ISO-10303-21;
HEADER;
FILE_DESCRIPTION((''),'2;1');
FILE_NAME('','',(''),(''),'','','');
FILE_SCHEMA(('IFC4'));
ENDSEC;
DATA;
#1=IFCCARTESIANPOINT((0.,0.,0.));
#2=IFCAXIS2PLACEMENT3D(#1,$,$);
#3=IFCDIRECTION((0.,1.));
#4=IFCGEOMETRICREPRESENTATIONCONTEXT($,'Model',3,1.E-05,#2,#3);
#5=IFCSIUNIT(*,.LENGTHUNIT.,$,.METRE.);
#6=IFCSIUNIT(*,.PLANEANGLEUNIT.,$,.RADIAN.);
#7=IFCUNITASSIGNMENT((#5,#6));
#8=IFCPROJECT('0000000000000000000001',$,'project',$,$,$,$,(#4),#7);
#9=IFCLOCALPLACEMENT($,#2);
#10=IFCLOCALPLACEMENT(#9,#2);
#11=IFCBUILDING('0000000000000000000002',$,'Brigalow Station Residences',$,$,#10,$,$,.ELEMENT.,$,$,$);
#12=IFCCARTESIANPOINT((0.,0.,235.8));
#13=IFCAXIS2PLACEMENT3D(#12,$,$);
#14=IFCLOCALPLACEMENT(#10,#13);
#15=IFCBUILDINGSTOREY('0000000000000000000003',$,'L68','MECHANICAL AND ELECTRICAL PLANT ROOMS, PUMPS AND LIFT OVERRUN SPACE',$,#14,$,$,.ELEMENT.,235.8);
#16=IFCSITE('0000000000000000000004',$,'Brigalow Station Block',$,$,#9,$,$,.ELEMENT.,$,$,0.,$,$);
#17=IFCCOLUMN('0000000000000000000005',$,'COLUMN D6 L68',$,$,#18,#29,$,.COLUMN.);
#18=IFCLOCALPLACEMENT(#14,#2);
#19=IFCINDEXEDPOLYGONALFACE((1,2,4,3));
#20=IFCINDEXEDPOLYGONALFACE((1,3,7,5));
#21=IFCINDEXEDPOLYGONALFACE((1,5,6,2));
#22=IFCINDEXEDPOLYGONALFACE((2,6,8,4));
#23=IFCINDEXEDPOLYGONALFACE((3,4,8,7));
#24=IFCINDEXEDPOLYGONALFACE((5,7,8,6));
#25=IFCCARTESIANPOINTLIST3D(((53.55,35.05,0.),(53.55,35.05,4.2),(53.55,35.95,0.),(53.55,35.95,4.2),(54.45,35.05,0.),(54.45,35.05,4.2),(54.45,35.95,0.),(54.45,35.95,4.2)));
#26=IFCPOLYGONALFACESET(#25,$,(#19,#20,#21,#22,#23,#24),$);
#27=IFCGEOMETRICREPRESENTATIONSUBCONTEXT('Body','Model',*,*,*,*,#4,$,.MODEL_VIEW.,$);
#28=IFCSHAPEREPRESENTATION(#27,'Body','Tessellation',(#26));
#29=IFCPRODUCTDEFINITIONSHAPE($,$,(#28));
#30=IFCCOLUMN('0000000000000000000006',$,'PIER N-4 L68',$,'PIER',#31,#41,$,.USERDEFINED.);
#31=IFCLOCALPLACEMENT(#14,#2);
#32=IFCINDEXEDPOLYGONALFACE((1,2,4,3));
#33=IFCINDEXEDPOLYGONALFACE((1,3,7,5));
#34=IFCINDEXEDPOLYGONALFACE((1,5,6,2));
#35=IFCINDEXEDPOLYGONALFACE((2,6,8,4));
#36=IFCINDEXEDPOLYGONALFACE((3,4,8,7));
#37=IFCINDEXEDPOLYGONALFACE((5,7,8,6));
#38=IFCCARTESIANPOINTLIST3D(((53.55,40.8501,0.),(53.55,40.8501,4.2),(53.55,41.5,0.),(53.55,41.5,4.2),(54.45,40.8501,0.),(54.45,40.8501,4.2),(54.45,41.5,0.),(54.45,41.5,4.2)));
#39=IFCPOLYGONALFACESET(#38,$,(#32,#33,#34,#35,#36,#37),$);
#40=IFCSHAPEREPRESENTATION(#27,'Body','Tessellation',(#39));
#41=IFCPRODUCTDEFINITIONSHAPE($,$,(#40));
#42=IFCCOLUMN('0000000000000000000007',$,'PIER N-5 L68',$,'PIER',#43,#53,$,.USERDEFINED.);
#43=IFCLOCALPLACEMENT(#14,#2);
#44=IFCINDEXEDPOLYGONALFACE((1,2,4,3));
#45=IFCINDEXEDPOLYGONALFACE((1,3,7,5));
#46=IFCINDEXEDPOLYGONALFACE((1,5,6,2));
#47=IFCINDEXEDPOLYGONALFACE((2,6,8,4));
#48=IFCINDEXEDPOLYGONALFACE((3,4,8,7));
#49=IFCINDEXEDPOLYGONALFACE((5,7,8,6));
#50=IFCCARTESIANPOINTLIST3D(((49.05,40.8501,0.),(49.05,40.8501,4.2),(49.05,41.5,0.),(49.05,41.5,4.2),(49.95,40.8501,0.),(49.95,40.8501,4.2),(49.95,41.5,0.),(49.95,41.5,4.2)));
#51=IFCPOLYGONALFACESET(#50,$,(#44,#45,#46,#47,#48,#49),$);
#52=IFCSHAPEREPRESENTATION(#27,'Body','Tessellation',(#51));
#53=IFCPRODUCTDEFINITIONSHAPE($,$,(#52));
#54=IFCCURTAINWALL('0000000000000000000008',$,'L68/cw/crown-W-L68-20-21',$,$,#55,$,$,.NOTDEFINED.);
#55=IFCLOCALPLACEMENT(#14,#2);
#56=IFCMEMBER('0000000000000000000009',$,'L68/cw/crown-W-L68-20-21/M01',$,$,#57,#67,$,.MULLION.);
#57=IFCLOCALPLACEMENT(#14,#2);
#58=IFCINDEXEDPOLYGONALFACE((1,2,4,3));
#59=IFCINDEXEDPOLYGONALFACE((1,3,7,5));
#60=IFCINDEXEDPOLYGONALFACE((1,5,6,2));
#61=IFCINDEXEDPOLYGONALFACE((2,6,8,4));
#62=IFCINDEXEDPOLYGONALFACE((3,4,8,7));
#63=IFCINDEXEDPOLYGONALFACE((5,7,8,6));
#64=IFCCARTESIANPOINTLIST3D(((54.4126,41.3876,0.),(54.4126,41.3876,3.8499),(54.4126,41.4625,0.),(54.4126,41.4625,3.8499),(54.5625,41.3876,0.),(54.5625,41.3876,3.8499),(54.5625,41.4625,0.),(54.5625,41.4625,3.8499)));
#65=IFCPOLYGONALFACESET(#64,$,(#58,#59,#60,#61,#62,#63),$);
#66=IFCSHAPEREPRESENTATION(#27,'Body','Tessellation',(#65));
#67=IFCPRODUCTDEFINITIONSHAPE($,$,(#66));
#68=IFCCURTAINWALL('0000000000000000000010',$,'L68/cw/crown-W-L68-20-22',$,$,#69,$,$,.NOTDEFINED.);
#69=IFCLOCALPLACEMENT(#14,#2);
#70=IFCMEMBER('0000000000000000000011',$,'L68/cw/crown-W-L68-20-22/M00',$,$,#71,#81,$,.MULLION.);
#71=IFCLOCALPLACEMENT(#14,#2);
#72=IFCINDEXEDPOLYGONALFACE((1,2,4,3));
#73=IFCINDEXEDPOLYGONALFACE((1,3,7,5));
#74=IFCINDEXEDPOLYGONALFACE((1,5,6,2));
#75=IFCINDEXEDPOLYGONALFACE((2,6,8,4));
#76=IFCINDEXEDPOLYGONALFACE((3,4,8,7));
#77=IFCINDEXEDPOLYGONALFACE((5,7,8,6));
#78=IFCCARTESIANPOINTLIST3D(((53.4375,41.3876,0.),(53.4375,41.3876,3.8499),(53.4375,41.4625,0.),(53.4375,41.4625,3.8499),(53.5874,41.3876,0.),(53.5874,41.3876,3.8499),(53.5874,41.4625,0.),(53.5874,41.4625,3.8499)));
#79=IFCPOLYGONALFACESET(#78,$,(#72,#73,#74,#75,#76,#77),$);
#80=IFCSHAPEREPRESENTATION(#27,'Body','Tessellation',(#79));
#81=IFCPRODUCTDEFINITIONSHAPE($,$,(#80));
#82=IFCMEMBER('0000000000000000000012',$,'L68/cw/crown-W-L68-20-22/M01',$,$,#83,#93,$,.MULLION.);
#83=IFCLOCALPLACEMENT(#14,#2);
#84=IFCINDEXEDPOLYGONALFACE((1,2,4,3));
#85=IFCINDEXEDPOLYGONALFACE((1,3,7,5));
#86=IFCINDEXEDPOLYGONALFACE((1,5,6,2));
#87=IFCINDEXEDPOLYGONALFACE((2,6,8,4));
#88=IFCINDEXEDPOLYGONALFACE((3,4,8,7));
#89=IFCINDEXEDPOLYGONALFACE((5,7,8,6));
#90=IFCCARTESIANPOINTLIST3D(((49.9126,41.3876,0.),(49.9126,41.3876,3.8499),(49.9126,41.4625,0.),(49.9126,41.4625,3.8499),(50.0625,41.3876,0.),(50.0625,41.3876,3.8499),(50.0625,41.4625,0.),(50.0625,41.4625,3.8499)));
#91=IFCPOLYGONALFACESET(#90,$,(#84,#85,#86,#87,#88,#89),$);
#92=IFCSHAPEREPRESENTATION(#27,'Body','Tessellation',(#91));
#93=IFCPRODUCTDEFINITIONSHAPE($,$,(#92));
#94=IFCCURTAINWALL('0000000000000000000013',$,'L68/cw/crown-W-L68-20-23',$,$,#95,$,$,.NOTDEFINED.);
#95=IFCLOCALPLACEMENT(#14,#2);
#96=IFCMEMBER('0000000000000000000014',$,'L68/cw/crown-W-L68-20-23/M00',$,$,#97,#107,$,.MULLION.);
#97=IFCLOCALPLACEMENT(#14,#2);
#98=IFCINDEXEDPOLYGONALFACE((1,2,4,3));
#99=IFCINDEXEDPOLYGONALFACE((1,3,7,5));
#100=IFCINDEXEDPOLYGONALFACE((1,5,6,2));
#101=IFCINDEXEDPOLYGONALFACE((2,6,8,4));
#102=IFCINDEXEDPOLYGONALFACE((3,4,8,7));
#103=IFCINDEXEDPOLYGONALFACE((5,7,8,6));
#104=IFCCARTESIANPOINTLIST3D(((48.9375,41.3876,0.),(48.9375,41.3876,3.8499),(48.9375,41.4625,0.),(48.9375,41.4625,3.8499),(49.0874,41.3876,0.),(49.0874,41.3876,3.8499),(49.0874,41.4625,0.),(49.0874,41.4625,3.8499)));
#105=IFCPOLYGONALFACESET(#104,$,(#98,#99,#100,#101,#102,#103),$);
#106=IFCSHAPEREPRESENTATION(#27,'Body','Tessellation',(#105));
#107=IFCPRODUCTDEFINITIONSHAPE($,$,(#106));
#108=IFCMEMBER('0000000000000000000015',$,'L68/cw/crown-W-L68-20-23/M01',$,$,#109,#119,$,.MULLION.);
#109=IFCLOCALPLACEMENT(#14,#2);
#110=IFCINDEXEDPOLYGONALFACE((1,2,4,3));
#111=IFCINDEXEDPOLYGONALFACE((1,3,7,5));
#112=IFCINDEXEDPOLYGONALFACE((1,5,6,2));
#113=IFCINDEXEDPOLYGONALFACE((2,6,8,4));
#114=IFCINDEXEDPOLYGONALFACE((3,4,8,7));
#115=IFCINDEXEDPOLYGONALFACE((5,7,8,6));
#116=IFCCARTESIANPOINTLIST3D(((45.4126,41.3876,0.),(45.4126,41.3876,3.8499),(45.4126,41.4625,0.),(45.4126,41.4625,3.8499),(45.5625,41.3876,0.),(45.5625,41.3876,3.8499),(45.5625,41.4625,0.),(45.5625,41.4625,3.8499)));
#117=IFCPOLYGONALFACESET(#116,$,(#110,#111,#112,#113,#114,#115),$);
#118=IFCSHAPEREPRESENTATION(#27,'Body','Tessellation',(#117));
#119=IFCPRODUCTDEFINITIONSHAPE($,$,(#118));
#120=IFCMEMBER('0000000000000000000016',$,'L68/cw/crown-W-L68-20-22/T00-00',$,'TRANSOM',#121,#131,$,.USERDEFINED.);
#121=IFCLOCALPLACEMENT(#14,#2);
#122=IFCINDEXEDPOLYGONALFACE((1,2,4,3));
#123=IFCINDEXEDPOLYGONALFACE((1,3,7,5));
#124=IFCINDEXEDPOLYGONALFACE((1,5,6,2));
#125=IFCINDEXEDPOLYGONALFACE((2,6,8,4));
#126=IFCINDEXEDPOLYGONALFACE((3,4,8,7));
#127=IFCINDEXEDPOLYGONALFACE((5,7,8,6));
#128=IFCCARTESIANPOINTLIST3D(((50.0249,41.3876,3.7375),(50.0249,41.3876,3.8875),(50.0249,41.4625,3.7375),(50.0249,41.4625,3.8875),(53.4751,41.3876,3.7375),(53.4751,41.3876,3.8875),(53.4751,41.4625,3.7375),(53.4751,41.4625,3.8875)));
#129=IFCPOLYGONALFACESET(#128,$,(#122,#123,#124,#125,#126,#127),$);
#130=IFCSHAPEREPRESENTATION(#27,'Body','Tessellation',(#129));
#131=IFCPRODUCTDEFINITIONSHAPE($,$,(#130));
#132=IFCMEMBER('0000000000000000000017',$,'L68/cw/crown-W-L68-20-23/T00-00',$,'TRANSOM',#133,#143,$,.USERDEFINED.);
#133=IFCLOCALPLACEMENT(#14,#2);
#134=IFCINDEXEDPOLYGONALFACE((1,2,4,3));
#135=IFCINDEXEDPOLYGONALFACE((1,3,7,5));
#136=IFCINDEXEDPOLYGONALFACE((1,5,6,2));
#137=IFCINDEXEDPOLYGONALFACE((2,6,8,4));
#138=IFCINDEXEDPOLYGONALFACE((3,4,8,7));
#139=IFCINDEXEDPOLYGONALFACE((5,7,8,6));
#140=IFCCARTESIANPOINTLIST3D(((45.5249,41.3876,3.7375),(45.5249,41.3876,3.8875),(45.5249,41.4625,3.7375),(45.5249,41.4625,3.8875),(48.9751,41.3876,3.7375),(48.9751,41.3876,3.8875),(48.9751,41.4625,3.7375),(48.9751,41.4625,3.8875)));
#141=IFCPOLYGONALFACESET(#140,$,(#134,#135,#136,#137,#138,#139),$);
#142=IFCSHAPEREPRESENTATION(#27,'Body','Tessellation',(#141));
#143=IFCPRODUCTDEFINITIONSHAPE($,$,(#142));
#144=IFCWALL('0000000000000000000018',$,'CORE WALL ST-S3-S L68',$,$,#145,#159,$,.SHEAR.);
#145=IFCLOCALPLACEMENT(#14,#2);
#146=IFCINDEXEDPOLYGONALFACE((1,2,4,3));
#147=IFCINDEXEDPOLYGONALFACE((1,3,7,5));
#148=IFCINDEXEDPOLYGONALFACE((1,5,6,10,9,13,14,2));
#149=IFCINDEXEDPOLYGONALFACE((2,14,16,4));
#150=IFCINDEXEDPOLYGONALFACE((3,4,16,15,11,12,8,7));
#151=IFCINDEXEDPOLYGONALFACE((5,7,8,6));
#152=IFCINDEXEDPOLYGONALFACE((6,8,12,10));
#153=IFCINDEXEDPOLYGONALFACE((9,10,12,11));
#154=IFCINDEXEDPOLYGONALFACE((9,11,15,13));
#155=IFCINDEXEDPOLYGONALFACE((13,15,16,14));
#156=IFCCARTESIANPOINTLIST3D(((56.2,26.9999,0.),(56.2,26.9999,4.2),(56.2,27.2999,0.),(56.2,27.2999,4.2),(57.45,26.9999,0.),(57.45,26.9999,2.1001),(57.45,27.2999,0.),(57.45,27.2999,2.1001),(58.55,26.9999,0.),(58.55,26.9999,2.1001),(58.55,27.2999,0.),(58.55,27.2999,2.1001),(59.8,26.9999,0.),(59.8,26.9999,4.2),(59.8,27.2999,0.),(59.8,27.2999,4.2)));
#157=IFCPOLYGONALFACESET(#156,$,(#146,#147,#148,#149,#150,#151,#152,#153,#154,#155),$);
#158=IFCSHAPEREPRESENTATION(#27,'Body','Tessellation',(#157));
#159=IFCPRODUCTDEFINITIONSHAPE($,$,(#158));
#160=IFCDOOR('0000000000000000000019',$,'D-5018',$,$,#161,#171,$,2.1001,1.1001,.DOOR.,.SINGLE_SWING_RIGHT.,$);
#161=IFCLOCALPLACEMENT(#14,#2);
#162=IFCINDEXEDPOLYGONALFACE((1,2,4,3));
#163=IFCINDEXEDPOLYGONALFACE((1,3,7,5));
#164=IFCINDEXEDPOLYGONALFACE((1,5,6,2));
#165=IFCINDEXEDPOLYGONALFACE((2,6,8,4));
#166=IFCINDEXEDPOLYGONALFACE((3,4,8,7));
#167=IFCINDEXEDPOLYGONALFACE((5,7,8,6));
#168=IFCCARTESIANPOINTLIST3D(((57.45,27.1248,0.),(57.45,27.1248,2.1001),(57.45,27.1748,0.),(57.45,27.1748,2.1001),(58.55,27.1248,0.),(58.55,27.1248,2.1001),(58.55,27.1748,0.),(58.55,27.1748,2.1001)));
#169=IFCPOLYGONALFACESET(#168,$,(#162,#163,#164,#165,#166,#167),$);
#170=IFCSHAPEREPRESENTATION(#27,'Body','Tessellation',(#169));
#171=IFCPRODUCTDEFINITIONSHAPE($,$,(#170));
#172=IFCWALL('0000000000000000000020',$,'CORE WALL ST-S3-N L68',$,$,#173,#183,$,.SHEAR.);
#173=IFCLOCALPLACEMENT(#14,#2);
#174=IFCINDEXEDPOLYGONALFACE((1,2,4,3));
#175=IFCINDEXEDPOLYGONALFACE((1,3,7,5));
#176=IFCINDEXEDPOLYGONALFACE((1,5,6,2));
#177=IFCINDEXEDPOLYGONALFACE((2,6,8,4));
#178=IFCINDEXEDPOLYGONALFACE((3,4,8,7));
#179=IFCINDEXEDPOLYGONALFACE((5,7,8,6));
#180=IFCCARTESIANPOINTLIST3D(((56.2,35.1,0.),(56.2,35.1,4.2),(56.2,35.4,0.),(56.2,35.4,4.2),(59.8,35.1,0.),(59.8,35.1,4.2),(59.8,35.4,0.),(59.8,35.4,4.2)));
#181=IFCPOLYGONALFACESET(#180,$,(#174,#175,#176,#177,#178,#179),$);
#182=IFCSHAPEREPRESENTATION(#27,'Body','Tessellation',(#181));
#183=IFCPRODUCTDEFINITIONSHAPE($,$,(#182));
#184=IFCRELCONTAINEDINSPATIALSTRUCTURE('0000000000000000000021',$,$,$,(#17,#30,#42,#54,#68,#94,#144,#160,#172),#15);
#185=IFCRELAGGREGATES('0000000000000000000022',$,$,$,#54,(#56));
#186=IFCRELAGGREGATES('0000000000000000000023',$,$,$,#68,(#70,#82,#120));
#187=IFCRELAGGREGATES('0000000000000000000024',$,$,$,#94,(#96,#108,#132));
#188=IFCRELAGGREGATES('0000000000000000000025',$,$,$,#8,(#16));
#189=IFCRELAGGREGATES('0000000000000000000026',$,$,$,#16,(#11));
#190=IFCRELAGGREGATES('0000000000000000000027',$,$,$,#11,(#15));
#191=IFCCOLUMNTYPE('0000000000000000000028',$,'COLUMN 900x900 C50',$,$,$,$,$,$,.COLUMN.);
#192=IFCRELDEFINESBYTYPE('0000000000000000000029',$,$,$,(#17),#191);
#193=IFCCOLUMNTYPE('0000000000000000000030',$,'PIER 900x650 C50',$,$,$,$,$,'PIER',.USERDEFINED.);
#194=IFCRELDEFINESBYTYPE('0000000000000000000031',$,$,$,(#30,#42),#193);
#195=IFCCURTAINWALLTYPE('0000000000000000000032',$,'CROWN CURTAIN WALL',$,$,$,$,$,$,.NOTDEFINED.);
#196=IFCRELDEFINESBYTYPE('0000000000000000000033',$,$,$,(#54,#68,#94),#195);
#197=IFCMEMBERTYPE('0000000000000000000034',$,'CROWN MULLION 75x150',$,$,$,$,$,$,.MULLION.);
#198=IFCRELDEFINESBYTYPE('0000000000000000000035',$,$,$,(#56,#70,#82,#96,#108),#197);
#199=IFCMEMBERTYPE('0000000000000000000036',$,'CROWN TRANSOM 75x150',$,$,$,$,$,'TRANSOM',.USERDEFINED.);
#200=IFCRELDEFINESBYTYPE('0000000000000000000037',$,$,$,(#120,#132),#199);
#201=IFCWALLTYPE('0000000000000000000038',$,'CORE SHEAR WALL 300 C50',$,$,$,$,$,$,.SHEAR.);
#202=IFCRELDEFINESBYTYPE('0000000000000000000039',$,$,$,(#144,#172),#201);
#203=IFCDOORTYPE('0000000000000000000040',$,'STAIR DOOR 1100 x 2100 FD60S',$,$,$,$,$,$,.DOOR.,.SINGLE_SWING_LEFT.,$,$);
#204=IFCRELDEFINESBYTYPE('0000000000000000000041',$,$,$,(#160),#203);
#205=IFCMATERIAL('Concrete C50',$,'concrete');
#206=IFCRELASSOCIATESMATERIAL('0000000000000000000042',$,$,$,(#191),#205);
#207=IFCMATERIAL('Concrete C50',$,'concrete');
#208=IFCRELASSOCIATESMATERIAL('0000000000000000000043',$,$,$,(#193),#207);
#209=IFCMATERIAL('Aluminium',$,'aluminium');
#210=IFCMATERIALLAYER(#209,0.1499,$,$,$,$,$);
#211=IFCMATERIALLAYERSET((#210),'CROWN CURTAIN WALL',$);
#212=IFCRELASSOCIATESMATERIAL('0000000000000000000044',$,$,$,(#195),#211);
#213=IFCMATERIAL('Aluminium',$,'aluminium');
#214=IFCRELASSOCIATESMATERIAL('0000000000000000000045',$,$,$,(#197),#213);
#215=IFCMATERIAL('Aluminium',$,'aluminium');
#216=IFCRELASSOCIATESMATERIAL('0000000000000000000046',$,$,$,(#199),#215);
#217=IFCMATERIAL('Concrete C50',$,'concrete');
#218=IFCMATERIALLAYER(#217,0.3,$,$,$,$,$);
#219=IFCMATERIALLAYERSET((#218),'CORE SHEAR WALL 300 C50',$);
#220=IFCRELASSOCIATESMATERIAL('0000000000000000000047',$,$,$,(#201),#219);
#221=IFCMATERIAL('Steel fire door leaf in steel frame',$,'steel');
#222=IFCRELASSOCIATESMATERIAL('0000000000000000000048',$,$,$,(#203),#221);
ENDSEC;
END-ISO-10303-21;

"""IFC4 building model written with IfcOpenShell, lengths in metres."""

from ifc_helpers import new_model, si_unit, direction, frame, frame_2d, origin, origin_2d, place, context, subcontext, project, spatial, rectangle, extrude, material, layer, layer_set, material_profile, profile_set, type_object, element, fill, aggregate, save


model = new_model("IFC4")

# Units and contexts
model_context = context("Model", 3, precision=1e-05, world=origin(), true_north=direction((0.0, 1.0)))
body_context = subcontext(model_context, "Body", "Model", "MODEL_VIEW")
ifc_project = project(units=[si_unit("LENGTHUNIT", "METRE"), si_unit("PLANEANGLEUNIT", "RADIAN")], contexts=[model_context])

# Site, building, storey
site_placement = place(None, origin())
site = spatial("IfcSite", under=ifc_project, at=site_placement, Name="Brigalow Station Block", CompositionType="ELEMENT", RefElevation=0.0)
building_placement = place(site_placement, origin())
building = spatial("IfcBuilding", under=site, at=building_placement, Name="Brigalow Station Residences", CompositionType="ELEMENT")
storey_placement = place(building_placement, frame((0.0, 0.0, 235.8)))
storey = spatial("IfcBuildingStorey", under=building, at=storey_placement, Name="L68", Description="MECHANICAL AND ELECTRICAL PLANT ROOMS, PUMPS AND LIFT OVERRUN SPACE", CompositionType="ELEMENT", Elevation=235.8)

# Columns
ifc_material_1 = material(Name="Concrete C50", Category="concrete")
ifc_material_profile_1 = material_profile(ifc_material_1, rectangle(XDim=0.8999, YDim=0.8999, at=origin_2d()), Name="RC900x900")
ifc_profile_set_1 = profile_set([ifc_material_profile_1], Name="Concrete C50")
column_type_1 = type_object("IfcColumnType", Name="COLUMN 900x900 C50", PredefinedType="COLUMN", material=ifc_profile_set_1)
column_placement = place(storey_placement, frame((54.0, 35.5, 0.0), z_axis=(0.0, 0.0, 1.0), x_axis=(1.0, 0.0, 0.0)))
element("IfcColumn", 1, at=column_placement, inside=storey, type_object=column_type_1, Name="COLUMN D6 L68", PredefinedType="COLUMN", context=body_context, shape_type="SweptSolid", body=[
    extrude(rectangle(XDim=0.8999, YDim=0.8999, at=origin_2d()), origin(), (0.0, 0.0, 1.0), 4.2),
])
ifc_material_2 = material(Name="Concrete C50", Category="concrete")
ifc_material_profile_2 = material_profile(ifc_material_2, rectangle(XDim=0.8999, YDim=0.6499, at=origin_2d()), Name="RC900x650")
ifc_profile_set_2 = profile_set([ifc_material_profile_2], Name="Concrete C50")
column_type_2 = type_object("IfcColumnType", Name="PIER 900x650 C50", ElementType="PIER", PredefinedType="USERDEFINED", material=ifc_profile_set_2)
for number, where, z_axis, x_axis, name in (
    (2, (54.0, 41.175, 0.0), (0.0, 0.0, 1.0), (-1.0, 0.0, 0.0), "PIER N-4 L68"),
    (3, (49.5, 41.175, 0.0), (0.0, 0.0, 1.0), (-1.0, 0.0, 0.0), "PIER N-5 L68"),
):
    element("IfcColumn", number, at=place(storey_placement, frame(where, z_axis=z_axis, x_axis=x_axis)), inside=storey, type_object=column_type_2, Name=name, ObjectType="PIER", PredefinedType="USERDEFINED", context=body_context, shape_type="SweptSolid", body=[
        extrude(rectangle(XDim=0.8999, YDim=0.6499, at=origin_2d()), origin(), (0.0, 0.0, 1.0), 4.2),
    ])

# Curtain wall, member
ifc_material_3 = material(Name="Aluminium", Category="aluminium")
ifc_layer_1 = layer(ifc_material_3, 0.1499)
ifc_layer_set_1 = layer_set([ifc_layer_1], Name="CROWN CURTAIN WALL")
curtain_wall_type = type_object("IfcCurtainWallType", Name="CROWN CURTAIN WALL", PredefinedType="NOTDEFINED", material=ifc_layer_set_1)
curtain_wall_1_placement = place(storey_placement, origin())
curtain_wall_1 = element("IfcCurtainWall", 4, at=curtain_wall_1_placement, inside=storey, type_object=curtain_wall_type, Name="L68/cw/crown-W-L68-20-21", PredefinedType="NOTDEFINED")
ifc_material_4 = material(Name="Aluminium", Category="aluminium")
ifc_material_profile_3 = material_profile(ifc_material_4, rectangle(XDim=0.075, YDim=0.1499, at=origin_2d()), Name="CROWN MULLION 75x150")
ifc_profile_set_3 = profile_set([ifc_material_profile_3], Name="Aluminium")
member_type_1 = type_object("IfcMemberType", Name="CROWN MULLION 75x150", PredefinedType="MULLION", material=ifc_profile_set_3)
member_1_placement = place(storey_placement, frame((54.4875, 41.425, 0.0), z_axis=(0.0, 0.0, 1.0), x_axis=(0.0, -1.0, 0.0)))
member_1 = element("IfcMember", 5, at=member_1_placement, type_object=member_type_1, Name="L68/cw/crown-W-L68-20-21/M01", PredefinedType="MULLION", context=body_context, shape_type="SweptSolid", body=[
    extrude(rectangle(XDim=0.075, YDim=0.1499, at=origin_2d()), origin(), (0.0, 0.0, 1.0), 3.8499),
])

# Curtain walls, members
curtain_wall_2_placement = place(storey_placement, origin())
curtain_wall_2 = element("IfcCurtainWall", 6, at=curtain_wall_2_placement, inside=storey, type_object=curtain_wall_type, Name="L68/cw/crown-W-L68-20-22", PredefinedType="NOTDEFINED")
member_2_placement = place(storey_placement, frame((53.5125, 41.425, 0.0), z_axis=(0.0, 0.0, 1.0), x_axis=(0.0, -1.0, 0.0)))
member_2 = element("IfcMember", 7, at=member_2_placement, type_object=member_type_1, Name="L68/cw/crown-W-L68-20-22/M00", PredefinedType="MULLION", context=body_context, shape_type="SweptSolid", body=[
    extrude(rectangle(XDim=0.075, YDim=0.1499, at=origin_2d()), origin(), (0.0, 0.0, 1.0), 3.8499),
])
member_3_placement = place(storey_placement, frame((49.9875, 41.425, 0.0), z_axis=(0.0, 0.0, 1.0), x_axis=(0.0, -1.0, 0.0)))
member_3 = element("IfcMember", 8, at=member_3_placement, type_object=member_type_1, Name="L68/cw/crown-W-L68-20-22/M01", PredefinedType="MULLION", context=body_context, shape_type="SweptSolid", body=[
    extrude(rectangle(XDim=0.075, YDim=0.1499, at=origin_2d()), origin(), (0.0, 0.0, 1.0), 3.8499),
])
curtain_wall_3_placement = place(storey_placement, origin())
curtain_wall_3 = element("IfcCurtainWall", 9, at=curtain_wall_3_placement, inside=storey, type_object=curtain_wall_type, Name="L68/cw/crown-W-L68-20-23", PredefinedType="NOTDEFINED")
member_4_placement = place(storey_placement, frame((49.0125, 41.425, 0.0), z_axis=(0.0, 0.0, 1.0), x_axis=(0.0, -1.0, 0.0)))
member_4 = element("IfcMember", 10, at=member_4_placement, type_object=member_type_1, Name="L68/cw/crown-W-L68-20-23/M00", PredefinedType="MULLION", context=body_context, shape_type="SweptSolid", body=[
    extrude(rectangle(XDim=0.075, YDim=0.1499, at=origin_2d()), origin(), (0.0, 0.0, 1.0), 3.8499),
])
member_5_placement = place(storey_placement, frame((45.4875, 41.425, 0.0), z_axis=(0.0, 0.0, 1.0), x_axis=(0.0, -1.0, 0.0)))
member_5 = element("IfcMember", 11, at=member_5_placement, type_object=member_type_1, Name="L68/cw/crown-W-L68-20-23/M01", PredefinedType="MULLION", context=body_context, shape_type="SweptSolid", body=[
    extrude(rectangle(XDim=0.075, YDim=0.1499, at=origin_2d()), origin(), (0.0, 0.0, 1.0), 3.8499),
])

# Members
ifc_material_5 = material(Name="Aluminium", Category="aluminium")
ifc_material_profile_4 = material_profile(ifc_material_5, rectangle(XDim=0.075, YDim=0.1499, at=origin_2d()), Name="CROWN TRANSOM 75x150")
ifc_profile_set_4 = profile_set([ifc_material_profile_4], Name="Aluminium")
member_type_2 = type_object("IfcMemberType", Name="CROWN TRANSOM 75x150", ElementType="TRANSOM", PredefinedType="USERDEFINED", material=ifc_profile_set_4)
member_6_placement = place(storey_placement, frame((53.4751, 41.425, 3.8125), z_axis=(-1.0, 0.0, 0.0), x_axis=(0.0, -1.0, 0.0)))
member_6 = element("IfcMember", 12, at=member_6_placement, type_object=member_type_2, Name="L68/cw/crown-W-L68-20-22/T00-00", ObjectType="TRANSOM", PredefinedType="USERDEFINED", context=body_context, shape_type="SweptSolid", body=[
    extrude(rectangle(XDim=0.075, YDim=0.1499, at=origin_2d()), origin(), (0.0, 0.0, 1.0), 3.4502),
])
member_7_placement = place(storey_placement, frame((48.9751, 41.425, 3.8125), z_axis=(-1.0, 0.0, 0.0), x_axis=(0.0, -1.0, 0.0)))
member_7 = element("IfcMember", 13, at=member_7_placement, type_object=member_type_2, Name="L68/cw/crown-W-L68-20-23/T00-00", ObjectType="TRANSOM", PredefinedType="USERDEFINED", context=body_context, shape_type="SweptSolid", body=[
    extrude(rectangle(XDim=0.075, YDim=0.1499, at=origin_2d()), origin(), (0.0, 0.0, 1.0), 3.4502),
])

# Wall, opening, door
ifc_material_6 = material(Name="Concrete C50", Category="concrete")
ifc_layer_2 = layer(ifc_material_6, 0.3)
ifc_layer_set_2 = layer_set([ifc_layer_2], Name="CORE SHEAR WALL 300 C50")
wall_type_1 = type_object("IfcWallType", Name="CORE SHEAR WALL 300 C50", PredefinedType="SHEAR", material=ifc_layer_set_2)
wall_1_placement = place(storey_placement, frame((56.2, 27.1499, 0.0), z_axis=(0.0, 0.0, 1.0), x_axis=(1.0, 0.0, 0.0)))
wall_1 = element("IfcWall", 14, at=wall_1_placement, inside=storey, type_object=wall_type_1, Name="CORE WALL ST-S3-S L68", PredefinedType="SHEAR", context=body_context, shape_type="SweptSolid", body=[
    extrude(rectangle(XDim=3.6001, YDim=0.3, at=frame_2d((1.8, 0.0))), origin(), (0.0, 0.0, 1.0), 4.2),
])
opening_1_placement = place(wall_1_placement, frame((1.25, 0.0, 0.0)))
opening_1 = element("IfcOpeningElement", 15, at=opening_1_placement, cuts=wall_1, PredefinedType="OPENING", context=body_context, shape_type="SweptSolid", body=[
    extrude(rectangle(XDim=1.1001, YDim=2.1001, at=frame_2d((0.55, 1.05))), frame((0.0, 0.1602, 0.0), z_axis=(0.0, -1.0, 0.0), x_axis=(1.0, 0.0, 0.0)), (0.0, 0.0, 1.0), 0.3201),
])
ifc_material_7 = material(Name="Steel fire door leaf in steel frame", Category="steel")
door_type_1 = type_object("IfcDoorType", Name="STAIR DOOR 1100 x 2100 FD60S", OperationType="SINGLE_SWING_LEFT", PredefinedType="DOOR", material=ifc_material_7)
door_1_placement = place(opening_1_placement, origin())
door_1 = element("IfcDoor", 16, at=door_1_placement, inside=storey, type_object=door_type_1, Name="D-5018", OperationType="SINGLE_SWING_RIGHT", OverallHeight=2.1001, OverallWidth=1.1001, PredefinedType="DOOR", context=body_context, shape_type="SweptSolid", body=[
    extrude(rectangle(XDim=1.1001, YDim=2.1001, at=frame_2d((0.55, 1.05))), frame((0.0, 0.0249, 0.0), z_axis=(0.0, -1.0, 0.0), x_axis=(1.0, 0.0, 0.0)), (0.0, 0.0, 1.0), 0.05),
])
fill(opening_1, door_1)

# Wall
wall_2_placement = place(storey_placement, frame((56.2, 35.25, 0.0), z_axis=(0.0, 0.0, 1.0), x_axis=(1.0, 0.0, 0.0)))
element("IfcWall", 17, at=wall_2_placement, inside=storey, type_object=wall_type_1, Name="CORE WALL ST-S3-N L68", PredefinedType="SHEAR", context=body_context, shape_type="SweptSolid", body=[
    extrude(rectangle(XDim=3.6001, YDim=0.3, at=frame_2d((1.8, 0.0))), origin(), (0.0, 0.0, 1.0), 4.2),
])

aggregate(curtain_wall_1, [member_1])
aggregate(curtain_wall_2, [member_2, member_3, member_6])
aggregate(curtain_wall_3, [member_4, member_5, member_7])

save(model, "model.ifc")
